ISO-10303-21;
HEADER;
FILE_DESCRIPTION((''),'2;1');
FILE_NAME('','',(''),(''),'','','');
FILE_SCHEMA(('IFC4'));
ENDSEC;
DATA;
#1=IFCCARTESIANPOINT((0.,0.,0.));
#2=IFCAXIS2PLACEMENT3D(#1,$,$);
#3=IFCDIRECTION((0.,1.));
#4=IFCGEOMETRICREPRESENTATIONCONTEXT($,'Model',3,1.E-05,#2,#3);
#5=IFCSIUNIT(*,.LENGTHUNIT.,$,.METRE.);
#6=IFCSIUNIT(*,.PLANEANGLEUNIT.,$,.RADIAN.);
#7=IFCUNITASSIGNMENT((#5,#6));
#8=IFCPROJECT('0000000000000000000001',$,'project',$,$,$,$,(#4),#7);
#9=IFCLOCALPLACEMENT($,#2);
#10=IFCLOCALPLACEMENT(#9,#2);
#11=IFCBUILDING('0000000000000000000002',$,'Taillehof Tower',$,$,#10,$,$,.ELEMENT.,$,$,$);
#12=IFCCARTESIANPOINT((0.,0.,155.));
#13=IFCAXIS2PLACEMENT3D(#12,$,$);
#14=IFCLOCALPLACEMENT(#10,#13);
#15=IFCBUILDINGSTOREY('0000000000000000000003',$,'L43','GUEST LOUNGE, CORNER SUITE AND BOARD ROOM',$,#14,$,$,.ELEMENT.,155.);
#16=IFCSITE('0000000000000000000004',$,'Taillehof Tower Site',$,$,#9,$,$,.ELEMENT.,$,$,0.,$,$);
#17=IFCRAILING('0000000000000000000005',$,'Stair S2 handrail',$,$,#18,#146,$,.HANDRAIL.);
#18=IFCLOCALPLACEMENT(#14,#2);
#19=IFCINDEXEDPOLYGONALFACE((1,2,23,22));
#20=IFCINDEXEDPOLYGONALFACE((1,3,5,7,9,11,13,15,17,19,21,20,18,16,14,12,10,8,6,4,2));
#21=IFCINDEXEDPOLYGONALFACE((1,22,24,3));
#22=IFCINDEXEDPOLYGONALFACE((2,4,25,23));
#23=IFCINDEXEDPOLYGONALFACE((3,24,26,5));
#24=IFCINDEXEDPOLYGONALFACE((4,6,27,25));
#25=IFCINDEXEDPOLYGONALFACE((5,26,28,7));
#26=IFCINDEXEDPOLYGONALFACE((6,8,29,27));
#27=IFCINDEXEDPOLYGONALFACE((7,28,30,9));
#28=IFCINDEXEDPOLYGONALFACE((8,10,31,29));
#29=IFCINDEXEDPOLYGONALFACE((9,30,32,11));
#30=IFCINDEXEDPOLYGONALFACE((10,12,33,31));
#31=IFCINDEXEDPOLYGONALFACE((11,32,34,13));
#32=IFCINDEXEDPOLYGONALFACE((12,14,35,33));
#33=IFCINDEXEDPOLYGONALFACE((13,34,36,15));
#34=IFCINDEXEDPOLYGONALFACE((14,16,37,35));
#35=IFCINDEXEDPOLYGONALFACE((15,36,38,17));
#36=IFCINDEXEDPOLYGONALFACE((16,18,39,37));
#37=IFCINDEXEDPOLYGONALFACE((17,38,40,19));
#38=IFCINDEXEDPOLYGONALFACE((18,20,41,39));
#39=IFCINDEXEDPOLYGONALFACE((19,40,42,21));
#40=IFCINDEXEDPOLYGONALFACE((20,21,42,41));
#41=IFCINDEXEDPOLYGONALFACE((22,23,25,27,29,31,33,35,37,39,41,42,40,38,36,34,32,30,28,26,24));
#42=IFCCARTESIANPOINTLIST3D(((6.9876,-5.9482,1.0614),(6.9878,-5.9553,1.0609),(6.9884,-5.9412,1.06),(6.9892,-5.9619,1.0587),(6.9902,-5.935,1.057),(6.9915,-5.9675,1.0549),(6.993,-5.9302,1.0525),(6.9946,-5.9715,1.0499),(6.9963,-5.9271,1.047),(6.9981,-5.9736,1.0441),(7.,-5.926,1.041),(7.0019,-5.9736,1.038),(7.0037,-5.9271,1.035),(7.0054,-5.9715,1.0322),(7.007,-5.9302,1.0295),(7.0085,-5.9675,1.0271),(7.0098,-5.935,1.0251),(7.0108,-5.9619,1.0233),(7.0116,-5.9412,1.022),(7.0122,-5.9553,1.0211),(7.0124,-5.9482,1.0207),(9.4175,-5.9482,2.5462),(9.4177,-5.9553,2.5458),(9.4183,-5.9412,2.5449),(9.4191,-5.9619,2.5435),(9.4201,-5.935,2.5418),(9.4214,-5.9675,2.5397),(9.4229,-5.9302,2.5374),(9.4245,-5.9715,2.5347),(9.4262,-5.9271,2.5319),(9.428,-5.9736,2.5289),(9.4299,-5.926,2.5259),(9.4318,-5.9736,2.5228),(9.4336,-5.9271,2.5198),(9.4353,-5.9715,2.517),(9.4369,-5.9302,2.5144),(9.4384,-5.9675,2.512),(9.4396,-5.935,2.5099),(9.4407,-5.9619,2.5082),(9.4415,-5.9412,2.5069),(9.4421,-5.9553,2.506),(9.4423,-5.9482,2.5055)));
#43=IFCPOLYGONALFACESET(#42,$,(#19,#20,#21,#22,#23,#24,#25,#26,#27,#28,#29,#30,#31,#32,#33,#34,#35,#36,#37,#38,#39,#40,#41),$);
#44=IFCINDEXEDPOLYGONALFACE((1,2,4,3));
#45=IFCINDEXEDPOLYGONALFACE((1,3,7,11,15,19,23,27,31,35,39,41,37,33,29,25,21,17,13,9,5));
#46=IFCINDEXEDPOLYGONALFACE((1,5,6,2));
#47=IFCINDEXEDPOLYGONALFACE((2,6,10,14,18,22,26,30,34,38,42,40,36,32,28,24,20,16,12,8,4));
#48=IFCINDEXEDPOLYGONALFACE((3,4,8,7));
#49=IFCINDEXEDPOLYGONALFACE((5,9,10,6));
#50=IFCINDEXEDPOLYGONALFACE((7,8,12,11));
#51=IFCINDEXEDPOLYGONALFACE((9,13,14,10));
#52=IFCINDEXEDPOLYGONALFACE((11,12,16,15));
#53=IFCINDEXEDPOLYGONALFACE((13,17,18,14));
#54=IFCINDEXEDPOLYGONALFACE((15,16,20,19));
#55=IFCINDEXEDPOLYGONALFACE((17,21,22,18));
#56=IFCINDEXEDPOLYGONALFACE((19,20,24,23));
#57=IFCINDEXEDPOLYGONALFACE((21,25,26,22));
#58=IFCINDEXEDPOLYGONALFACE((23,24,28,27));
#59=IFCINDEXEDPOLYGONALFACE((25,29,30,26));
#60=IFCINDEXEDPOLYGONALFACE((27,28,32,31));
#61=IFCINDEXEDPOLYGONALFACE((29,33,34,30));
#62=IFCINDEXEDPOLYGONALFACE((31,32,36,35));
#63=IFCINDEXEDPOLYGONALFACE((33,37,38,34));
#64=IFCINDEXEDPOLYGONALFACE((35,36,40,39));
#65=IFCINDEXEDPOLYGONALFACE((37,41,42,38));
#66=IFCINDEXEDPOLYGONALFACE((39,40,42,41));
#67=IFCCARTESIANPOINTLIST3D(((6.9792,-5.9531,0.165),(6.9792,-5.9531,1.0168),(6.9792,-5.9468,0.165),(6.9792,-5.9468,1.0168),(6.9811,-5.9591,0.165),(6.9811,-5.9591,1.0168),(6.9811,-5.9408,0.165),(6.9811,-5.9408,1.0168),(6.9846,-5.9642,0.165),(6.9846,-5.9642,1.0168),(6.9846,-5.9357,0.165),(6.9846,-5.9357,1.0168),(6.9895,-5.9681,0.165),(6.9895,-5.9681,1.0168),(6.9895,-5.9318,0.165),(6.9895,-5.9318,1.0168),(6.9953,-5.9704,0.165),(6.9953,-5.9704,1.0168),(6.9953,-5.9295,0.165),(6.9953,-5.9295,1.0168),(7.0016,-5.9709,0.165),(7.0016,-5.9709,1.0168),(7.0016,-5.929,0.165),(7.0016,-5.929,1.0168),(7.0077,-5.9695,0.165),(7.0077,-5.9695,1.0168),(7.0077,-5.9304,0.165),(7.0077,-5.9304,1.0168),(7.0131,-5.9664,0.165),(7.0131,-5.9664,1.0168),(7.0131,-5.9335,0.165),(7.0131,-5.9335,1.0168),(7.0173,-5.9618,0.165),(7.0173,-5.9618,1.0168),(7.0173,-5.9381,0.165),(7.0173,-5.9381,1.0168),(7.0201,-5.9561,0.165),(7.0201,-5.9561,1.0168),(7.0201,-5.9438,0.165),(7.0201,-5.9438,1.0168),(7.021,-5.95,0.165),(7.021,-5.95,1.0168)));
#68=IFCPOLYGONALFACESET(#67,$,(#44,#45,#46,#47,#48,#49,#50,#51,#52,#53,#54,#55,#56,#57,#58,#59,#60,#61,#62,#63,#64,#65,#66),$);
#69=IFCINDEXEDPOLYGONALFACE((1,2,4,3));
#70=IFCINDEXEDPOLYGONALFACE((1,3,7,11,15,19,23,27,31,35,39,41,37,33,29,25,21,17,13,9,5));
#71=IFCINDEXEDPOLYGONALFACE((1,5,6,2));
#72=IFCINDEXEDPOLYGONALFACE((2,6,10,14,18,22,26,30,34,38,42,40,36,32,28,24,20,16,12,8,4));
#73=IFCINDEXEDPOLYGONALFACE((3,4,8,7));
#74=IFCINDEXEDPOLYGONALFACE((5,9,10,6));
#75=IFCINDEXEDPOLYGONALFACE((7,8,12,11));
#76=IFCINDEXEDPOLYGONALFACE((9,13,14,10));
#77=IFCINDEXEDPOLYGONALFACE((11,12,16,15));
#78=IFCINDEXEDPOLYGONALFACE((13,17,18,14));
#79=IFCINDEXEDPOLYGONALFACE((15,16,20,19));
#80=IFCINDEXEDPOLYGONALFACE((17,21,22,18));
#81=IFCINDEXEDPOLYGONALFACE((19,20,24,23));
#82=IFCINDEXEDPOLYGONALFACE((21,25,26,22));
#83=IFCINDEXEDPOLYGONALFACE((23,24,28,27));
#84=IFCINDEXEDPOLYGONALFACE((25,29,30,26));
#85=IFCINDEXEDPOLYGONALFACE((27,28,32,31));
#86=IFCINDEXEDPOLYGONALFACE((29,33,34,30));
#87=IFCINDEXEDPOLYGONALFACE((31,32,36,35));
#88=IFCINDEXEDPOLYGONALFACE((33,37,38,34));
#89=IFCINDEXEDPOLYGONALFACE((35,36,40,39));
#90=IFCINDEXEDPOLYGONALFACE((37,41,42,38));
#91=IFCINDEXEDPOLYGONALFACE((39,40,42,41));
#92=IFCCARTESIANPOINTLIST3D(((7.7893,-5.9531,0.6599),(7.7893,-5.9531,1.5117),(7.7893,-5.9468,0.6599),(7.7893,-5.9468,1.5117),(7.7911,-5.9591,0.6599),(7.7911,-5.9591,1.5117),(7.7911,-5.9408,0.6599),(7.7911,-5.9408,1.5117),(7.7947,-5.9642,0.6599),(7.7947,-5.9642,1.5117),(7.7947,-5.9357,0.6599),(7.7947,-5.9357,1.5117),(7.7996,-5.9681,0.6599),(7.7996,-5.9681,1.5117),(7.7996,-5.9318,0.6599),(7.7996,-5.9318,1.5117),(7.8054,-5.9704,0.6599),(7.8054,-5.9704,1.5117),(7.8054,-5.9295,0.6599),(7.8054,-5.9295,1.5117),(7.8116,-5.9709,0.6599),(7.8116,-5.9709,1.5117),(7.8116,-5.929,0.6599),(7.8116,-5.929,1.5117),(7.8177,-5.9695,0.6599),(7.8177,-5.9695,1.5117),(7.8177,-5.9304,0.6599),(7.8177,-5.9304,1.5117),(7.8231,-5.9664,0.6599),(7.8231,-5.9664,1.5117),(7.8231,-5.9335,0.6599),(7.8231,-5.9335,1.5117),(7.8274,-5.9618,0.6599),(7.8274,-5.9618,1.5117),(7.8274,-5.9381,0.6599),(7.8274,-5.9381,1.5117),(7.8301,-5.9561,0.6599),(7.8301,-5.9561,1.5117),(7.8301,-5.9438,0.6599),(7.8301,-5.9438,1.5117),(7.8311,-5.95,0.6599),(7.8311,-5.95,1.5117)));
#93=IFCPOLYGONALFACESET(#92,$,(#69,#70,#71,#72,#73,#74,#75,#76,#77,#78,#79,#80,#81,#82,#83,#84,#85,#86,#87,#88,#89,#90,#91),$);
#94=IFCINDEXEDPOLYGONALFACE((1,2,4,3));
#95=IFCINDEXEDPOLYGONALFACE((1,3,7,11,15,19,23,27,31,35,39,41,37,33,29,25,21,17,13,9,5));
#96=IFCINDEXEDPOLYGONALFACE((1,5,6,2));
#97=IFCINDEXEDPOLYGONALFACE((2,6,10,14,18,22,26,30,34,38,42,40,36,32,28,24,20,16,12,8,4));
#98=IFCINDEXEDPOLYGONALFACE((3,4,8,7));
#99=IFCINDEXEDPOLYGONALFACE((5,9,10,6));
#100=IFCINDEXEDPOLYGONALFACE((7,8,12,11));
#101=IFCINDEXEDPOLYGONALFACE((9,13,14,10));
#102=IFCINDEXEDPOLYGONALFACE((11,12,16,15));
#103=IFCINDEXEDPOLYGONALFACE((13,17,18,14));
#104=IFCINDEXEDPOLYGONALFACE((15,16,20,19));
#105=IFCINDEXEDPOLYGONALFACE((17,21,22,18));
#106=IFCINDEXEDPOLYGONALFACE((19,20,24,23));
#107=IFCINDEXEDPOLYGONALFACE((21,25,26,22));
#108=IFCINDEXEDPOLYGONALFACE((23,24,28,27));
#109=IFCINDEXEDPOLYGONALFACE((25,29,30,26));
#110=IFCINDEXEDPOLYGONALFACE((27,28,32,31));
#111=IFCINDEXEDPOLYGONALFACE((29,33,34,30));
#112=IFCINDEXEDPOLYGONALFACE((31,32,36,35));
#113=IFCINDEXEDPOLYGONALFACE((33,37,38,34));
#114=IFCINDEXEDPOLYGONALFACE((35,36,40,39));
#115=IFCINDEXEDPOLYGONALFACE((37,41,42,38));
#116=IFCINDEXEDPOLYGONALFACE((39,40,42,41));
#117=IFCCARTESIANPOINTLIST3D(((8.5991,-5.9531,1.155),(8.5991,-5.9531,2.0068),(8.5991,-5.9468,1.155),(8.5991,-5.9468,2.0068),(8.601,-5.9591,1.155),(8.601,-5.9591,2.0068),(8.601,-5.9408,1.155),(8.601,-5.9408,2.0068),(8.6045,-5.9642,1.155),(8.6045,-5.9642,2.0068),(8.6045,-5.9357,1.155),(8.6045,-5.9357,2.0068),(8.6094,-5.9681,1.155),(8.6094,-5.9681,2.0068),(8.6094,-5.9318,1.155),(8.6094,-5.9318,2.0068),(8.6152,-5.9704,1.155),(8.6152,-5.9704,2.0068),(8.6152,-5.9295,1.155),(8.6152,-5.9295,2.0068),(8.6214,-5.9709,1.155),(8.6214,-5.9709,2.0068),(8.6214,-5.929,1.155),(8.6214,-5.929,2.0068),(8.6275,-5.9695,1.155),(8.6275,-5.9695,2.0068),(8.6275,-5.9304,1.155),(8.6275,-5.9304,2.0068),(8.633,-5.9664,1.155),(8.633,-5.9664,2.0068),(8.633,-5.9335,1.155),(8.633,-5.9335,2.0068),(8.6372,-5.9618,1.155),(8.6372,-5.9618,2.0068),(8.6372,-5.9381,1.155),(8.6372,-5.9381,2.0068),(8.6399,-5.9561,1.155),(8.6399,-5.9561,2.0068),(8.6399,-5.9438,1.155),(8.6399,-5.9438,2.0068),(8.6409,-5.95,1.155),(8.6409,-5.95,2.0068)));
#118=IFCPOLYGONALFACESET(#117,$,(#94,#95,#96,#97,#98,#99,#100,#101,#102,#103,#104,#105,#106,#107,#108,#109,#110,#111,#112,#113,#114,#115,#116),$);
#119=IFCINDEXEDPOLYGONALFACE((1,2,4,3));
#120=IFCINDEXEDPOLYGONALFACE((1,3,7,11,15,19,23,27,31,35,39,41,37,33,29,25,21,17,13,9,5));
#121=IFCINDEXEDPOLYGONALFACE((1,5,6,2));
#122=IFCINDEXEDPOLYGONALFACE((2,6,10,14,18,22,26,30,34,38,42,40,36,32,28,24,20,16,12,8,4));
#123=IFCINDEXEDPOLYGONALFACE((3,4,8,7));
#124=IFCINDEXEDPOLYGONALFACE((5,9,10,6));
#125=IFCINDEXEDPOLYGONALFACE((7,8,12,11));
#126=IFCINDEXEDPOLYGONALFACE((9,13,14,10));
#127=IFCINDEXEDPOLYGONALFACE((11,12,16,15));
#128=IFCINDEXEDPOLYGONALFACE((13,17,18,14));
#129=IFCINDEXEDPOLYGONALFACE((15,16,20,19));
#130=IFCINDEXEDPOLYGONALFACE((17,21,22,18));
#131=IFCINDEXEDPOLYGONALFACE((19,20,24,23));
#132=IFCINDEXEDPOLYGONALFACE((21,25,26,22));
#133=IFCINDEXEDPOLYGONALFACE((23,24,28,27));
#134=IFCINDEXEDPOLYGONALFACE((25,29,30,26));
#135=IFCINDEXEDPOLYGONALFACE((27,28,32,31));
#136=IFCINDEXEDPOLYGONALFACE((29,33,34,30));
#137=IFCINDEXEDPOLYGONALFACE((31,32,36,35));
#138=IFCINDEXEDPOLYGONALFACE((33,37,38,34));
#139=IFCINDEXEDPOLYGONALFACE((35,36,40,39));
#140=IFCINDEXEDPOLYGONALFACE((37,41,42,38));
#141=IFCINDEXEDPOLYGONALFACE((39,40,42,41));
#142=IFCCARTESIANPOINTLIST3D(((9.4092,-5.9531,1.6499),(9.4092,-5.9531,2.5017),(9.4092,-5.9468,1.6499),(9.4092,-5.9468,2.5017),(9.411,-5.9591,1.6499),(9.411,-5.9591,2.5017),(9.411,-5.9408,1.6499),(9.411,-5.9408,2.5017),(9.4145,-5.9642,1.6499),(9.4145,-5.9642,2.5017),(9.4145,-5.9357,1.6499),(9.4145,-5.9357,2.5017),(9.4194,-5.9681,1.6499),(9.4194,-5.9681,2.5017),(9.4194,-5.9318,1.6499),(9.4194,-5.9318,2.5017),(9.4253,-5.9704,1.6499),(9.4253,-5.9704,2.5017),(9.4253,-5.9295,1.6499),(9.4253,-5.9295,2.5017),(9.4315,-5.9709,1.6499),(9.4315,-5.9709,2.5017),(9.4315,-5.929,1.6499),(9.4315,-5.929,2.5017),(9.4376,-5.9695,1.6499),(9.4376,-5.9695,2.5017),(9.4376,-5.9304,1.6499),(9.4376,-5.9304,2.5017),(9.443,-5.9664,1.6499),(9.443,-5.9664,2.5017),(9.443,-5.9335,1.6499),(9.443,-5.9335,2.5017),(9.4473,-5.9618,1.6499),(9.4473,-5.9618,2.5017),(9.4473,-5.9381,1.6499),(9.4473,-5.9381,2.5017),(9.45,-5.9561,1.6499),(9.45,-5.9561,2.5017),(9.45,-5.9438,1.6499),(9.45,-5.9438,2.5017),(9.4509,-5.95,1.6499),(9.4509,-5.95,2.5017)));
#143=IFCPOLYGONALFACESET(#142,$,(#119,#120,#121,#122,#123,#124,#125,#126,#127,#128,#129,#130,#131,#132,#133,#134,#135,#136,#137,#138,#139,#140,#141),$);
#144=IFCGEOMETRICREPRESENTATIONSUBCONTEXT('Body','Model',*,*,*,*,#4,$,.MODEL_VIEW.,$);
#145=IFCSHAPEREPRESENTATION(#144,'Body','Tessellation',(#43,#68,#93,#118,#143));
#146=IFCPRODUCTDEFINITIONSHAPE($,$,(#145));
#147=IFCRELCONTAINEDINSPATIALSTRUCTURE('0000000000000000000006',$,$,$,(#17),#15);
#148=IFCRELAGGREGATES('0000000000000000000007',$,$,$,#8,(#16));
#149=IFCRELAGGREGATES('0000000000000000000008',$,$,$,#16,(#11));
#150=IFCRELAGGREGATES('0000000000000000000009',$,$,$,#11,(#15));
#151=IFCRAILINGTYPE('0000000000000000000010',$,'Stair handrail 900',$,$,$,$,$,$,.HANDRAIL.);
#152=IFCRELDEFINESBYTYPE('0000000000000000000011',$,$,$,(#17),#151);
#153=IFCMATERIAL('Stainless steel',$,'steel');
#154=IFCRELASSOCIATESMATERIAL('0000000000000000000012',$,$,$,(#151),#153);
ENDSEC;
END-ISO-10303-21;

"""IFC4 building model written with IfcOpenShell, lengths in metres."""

from ifc_helpers import new_model, si_unit, direction, frame, origin, origin_2d, place, context, subcontext, project, spatial, circle, extrude, material, type_object, element, save


model = new_model("IFC4")

# Units and contexts
model_context = context("Model", 3, precision=1e-05, world=origin(), true_north=direction((0.0, 1.0)))
body_context = subcontext(model_context, "Body", "Model", "MODEL_VIEW")
ifc_project = project(units=[si_unit("LENGTHUNIT", "METRE"), si_unit("PLANEANGLEUNIT", "RADIAN")], contexts=[model_context])

# Site, building, storey
site_placement = place(None, origin())
site = spatial("IfcSite", under=ifc_project, at=site_placement, Name="Taillehof Tower Site", CompositionType="ELEMENT", RefElevation=0.0)
building_placement = place(site_placement, origin())
building = spatial("IfcBuilding", under=site, at=building_placement, Name="Taillehof Tower", CompositionType="ELEMENT")
storey_placement = place(building_placement, frame((0.0, 0.0, 155.0)))
storey = spatial("IfcBuildingStorey", under=building, at=storey_placement, Name="L43", Description="GUEST LOUNGE, CORNER SUITE AND BOARD ROOM", CompositionType="ELEMENT", Elevation=155.0)

# Railing
ifc_material_1 = material(Name="Stainless steel", Category="steel")
railing_type = type_object("IfcRailingType", Name="Stair handrail 900", PredefinedType="HANDRAIL", material=ifc_material_1)
railing_placement = place(storey_placement, frame((7.0, -5.95, 0.165)))
element("IfcRailing", 1, at=railing_placement, inside=storey, type_object=railing_type, Name="Stair S2 handrail", PredefinedType="HANDRAIL", context=body_context, shape_type="SweptSolid", body=[
    extrude(circle(Radius=0.0239, at=origin_2d()), frame((0.0, 0.0, 0.876), z_axis=(0.853297, 0.0, 0.521426), x_axis=(0.0, 1.0, 0.0)), (0.0, 0.0, 1.0), 2.8477),
    extrude(circle(Radius=0.021, at=origin_2d()), origin(), (0.0, 0.0, 1.0), 0.8518),
    extrude(circle(Radius=0.021, at=origin_2d()), frame((0.8101, 0.0, 0.4949)), (0.0, 0.0, 1.0), 0.8518),
    extrude(circle(Radius=0.021, at=origin_2d()), frame((1.6199, 0.0, 0.99)), (0.0, 0.0, 1.0), 0.8518),
    extrude(circle(Radius=0.021, at=origin_2d()), frame((2.4299, 0.0, 1.4849)), (0.0, 0.0, 1.0), 0.8518),
])

save(model, "model.ifc")
